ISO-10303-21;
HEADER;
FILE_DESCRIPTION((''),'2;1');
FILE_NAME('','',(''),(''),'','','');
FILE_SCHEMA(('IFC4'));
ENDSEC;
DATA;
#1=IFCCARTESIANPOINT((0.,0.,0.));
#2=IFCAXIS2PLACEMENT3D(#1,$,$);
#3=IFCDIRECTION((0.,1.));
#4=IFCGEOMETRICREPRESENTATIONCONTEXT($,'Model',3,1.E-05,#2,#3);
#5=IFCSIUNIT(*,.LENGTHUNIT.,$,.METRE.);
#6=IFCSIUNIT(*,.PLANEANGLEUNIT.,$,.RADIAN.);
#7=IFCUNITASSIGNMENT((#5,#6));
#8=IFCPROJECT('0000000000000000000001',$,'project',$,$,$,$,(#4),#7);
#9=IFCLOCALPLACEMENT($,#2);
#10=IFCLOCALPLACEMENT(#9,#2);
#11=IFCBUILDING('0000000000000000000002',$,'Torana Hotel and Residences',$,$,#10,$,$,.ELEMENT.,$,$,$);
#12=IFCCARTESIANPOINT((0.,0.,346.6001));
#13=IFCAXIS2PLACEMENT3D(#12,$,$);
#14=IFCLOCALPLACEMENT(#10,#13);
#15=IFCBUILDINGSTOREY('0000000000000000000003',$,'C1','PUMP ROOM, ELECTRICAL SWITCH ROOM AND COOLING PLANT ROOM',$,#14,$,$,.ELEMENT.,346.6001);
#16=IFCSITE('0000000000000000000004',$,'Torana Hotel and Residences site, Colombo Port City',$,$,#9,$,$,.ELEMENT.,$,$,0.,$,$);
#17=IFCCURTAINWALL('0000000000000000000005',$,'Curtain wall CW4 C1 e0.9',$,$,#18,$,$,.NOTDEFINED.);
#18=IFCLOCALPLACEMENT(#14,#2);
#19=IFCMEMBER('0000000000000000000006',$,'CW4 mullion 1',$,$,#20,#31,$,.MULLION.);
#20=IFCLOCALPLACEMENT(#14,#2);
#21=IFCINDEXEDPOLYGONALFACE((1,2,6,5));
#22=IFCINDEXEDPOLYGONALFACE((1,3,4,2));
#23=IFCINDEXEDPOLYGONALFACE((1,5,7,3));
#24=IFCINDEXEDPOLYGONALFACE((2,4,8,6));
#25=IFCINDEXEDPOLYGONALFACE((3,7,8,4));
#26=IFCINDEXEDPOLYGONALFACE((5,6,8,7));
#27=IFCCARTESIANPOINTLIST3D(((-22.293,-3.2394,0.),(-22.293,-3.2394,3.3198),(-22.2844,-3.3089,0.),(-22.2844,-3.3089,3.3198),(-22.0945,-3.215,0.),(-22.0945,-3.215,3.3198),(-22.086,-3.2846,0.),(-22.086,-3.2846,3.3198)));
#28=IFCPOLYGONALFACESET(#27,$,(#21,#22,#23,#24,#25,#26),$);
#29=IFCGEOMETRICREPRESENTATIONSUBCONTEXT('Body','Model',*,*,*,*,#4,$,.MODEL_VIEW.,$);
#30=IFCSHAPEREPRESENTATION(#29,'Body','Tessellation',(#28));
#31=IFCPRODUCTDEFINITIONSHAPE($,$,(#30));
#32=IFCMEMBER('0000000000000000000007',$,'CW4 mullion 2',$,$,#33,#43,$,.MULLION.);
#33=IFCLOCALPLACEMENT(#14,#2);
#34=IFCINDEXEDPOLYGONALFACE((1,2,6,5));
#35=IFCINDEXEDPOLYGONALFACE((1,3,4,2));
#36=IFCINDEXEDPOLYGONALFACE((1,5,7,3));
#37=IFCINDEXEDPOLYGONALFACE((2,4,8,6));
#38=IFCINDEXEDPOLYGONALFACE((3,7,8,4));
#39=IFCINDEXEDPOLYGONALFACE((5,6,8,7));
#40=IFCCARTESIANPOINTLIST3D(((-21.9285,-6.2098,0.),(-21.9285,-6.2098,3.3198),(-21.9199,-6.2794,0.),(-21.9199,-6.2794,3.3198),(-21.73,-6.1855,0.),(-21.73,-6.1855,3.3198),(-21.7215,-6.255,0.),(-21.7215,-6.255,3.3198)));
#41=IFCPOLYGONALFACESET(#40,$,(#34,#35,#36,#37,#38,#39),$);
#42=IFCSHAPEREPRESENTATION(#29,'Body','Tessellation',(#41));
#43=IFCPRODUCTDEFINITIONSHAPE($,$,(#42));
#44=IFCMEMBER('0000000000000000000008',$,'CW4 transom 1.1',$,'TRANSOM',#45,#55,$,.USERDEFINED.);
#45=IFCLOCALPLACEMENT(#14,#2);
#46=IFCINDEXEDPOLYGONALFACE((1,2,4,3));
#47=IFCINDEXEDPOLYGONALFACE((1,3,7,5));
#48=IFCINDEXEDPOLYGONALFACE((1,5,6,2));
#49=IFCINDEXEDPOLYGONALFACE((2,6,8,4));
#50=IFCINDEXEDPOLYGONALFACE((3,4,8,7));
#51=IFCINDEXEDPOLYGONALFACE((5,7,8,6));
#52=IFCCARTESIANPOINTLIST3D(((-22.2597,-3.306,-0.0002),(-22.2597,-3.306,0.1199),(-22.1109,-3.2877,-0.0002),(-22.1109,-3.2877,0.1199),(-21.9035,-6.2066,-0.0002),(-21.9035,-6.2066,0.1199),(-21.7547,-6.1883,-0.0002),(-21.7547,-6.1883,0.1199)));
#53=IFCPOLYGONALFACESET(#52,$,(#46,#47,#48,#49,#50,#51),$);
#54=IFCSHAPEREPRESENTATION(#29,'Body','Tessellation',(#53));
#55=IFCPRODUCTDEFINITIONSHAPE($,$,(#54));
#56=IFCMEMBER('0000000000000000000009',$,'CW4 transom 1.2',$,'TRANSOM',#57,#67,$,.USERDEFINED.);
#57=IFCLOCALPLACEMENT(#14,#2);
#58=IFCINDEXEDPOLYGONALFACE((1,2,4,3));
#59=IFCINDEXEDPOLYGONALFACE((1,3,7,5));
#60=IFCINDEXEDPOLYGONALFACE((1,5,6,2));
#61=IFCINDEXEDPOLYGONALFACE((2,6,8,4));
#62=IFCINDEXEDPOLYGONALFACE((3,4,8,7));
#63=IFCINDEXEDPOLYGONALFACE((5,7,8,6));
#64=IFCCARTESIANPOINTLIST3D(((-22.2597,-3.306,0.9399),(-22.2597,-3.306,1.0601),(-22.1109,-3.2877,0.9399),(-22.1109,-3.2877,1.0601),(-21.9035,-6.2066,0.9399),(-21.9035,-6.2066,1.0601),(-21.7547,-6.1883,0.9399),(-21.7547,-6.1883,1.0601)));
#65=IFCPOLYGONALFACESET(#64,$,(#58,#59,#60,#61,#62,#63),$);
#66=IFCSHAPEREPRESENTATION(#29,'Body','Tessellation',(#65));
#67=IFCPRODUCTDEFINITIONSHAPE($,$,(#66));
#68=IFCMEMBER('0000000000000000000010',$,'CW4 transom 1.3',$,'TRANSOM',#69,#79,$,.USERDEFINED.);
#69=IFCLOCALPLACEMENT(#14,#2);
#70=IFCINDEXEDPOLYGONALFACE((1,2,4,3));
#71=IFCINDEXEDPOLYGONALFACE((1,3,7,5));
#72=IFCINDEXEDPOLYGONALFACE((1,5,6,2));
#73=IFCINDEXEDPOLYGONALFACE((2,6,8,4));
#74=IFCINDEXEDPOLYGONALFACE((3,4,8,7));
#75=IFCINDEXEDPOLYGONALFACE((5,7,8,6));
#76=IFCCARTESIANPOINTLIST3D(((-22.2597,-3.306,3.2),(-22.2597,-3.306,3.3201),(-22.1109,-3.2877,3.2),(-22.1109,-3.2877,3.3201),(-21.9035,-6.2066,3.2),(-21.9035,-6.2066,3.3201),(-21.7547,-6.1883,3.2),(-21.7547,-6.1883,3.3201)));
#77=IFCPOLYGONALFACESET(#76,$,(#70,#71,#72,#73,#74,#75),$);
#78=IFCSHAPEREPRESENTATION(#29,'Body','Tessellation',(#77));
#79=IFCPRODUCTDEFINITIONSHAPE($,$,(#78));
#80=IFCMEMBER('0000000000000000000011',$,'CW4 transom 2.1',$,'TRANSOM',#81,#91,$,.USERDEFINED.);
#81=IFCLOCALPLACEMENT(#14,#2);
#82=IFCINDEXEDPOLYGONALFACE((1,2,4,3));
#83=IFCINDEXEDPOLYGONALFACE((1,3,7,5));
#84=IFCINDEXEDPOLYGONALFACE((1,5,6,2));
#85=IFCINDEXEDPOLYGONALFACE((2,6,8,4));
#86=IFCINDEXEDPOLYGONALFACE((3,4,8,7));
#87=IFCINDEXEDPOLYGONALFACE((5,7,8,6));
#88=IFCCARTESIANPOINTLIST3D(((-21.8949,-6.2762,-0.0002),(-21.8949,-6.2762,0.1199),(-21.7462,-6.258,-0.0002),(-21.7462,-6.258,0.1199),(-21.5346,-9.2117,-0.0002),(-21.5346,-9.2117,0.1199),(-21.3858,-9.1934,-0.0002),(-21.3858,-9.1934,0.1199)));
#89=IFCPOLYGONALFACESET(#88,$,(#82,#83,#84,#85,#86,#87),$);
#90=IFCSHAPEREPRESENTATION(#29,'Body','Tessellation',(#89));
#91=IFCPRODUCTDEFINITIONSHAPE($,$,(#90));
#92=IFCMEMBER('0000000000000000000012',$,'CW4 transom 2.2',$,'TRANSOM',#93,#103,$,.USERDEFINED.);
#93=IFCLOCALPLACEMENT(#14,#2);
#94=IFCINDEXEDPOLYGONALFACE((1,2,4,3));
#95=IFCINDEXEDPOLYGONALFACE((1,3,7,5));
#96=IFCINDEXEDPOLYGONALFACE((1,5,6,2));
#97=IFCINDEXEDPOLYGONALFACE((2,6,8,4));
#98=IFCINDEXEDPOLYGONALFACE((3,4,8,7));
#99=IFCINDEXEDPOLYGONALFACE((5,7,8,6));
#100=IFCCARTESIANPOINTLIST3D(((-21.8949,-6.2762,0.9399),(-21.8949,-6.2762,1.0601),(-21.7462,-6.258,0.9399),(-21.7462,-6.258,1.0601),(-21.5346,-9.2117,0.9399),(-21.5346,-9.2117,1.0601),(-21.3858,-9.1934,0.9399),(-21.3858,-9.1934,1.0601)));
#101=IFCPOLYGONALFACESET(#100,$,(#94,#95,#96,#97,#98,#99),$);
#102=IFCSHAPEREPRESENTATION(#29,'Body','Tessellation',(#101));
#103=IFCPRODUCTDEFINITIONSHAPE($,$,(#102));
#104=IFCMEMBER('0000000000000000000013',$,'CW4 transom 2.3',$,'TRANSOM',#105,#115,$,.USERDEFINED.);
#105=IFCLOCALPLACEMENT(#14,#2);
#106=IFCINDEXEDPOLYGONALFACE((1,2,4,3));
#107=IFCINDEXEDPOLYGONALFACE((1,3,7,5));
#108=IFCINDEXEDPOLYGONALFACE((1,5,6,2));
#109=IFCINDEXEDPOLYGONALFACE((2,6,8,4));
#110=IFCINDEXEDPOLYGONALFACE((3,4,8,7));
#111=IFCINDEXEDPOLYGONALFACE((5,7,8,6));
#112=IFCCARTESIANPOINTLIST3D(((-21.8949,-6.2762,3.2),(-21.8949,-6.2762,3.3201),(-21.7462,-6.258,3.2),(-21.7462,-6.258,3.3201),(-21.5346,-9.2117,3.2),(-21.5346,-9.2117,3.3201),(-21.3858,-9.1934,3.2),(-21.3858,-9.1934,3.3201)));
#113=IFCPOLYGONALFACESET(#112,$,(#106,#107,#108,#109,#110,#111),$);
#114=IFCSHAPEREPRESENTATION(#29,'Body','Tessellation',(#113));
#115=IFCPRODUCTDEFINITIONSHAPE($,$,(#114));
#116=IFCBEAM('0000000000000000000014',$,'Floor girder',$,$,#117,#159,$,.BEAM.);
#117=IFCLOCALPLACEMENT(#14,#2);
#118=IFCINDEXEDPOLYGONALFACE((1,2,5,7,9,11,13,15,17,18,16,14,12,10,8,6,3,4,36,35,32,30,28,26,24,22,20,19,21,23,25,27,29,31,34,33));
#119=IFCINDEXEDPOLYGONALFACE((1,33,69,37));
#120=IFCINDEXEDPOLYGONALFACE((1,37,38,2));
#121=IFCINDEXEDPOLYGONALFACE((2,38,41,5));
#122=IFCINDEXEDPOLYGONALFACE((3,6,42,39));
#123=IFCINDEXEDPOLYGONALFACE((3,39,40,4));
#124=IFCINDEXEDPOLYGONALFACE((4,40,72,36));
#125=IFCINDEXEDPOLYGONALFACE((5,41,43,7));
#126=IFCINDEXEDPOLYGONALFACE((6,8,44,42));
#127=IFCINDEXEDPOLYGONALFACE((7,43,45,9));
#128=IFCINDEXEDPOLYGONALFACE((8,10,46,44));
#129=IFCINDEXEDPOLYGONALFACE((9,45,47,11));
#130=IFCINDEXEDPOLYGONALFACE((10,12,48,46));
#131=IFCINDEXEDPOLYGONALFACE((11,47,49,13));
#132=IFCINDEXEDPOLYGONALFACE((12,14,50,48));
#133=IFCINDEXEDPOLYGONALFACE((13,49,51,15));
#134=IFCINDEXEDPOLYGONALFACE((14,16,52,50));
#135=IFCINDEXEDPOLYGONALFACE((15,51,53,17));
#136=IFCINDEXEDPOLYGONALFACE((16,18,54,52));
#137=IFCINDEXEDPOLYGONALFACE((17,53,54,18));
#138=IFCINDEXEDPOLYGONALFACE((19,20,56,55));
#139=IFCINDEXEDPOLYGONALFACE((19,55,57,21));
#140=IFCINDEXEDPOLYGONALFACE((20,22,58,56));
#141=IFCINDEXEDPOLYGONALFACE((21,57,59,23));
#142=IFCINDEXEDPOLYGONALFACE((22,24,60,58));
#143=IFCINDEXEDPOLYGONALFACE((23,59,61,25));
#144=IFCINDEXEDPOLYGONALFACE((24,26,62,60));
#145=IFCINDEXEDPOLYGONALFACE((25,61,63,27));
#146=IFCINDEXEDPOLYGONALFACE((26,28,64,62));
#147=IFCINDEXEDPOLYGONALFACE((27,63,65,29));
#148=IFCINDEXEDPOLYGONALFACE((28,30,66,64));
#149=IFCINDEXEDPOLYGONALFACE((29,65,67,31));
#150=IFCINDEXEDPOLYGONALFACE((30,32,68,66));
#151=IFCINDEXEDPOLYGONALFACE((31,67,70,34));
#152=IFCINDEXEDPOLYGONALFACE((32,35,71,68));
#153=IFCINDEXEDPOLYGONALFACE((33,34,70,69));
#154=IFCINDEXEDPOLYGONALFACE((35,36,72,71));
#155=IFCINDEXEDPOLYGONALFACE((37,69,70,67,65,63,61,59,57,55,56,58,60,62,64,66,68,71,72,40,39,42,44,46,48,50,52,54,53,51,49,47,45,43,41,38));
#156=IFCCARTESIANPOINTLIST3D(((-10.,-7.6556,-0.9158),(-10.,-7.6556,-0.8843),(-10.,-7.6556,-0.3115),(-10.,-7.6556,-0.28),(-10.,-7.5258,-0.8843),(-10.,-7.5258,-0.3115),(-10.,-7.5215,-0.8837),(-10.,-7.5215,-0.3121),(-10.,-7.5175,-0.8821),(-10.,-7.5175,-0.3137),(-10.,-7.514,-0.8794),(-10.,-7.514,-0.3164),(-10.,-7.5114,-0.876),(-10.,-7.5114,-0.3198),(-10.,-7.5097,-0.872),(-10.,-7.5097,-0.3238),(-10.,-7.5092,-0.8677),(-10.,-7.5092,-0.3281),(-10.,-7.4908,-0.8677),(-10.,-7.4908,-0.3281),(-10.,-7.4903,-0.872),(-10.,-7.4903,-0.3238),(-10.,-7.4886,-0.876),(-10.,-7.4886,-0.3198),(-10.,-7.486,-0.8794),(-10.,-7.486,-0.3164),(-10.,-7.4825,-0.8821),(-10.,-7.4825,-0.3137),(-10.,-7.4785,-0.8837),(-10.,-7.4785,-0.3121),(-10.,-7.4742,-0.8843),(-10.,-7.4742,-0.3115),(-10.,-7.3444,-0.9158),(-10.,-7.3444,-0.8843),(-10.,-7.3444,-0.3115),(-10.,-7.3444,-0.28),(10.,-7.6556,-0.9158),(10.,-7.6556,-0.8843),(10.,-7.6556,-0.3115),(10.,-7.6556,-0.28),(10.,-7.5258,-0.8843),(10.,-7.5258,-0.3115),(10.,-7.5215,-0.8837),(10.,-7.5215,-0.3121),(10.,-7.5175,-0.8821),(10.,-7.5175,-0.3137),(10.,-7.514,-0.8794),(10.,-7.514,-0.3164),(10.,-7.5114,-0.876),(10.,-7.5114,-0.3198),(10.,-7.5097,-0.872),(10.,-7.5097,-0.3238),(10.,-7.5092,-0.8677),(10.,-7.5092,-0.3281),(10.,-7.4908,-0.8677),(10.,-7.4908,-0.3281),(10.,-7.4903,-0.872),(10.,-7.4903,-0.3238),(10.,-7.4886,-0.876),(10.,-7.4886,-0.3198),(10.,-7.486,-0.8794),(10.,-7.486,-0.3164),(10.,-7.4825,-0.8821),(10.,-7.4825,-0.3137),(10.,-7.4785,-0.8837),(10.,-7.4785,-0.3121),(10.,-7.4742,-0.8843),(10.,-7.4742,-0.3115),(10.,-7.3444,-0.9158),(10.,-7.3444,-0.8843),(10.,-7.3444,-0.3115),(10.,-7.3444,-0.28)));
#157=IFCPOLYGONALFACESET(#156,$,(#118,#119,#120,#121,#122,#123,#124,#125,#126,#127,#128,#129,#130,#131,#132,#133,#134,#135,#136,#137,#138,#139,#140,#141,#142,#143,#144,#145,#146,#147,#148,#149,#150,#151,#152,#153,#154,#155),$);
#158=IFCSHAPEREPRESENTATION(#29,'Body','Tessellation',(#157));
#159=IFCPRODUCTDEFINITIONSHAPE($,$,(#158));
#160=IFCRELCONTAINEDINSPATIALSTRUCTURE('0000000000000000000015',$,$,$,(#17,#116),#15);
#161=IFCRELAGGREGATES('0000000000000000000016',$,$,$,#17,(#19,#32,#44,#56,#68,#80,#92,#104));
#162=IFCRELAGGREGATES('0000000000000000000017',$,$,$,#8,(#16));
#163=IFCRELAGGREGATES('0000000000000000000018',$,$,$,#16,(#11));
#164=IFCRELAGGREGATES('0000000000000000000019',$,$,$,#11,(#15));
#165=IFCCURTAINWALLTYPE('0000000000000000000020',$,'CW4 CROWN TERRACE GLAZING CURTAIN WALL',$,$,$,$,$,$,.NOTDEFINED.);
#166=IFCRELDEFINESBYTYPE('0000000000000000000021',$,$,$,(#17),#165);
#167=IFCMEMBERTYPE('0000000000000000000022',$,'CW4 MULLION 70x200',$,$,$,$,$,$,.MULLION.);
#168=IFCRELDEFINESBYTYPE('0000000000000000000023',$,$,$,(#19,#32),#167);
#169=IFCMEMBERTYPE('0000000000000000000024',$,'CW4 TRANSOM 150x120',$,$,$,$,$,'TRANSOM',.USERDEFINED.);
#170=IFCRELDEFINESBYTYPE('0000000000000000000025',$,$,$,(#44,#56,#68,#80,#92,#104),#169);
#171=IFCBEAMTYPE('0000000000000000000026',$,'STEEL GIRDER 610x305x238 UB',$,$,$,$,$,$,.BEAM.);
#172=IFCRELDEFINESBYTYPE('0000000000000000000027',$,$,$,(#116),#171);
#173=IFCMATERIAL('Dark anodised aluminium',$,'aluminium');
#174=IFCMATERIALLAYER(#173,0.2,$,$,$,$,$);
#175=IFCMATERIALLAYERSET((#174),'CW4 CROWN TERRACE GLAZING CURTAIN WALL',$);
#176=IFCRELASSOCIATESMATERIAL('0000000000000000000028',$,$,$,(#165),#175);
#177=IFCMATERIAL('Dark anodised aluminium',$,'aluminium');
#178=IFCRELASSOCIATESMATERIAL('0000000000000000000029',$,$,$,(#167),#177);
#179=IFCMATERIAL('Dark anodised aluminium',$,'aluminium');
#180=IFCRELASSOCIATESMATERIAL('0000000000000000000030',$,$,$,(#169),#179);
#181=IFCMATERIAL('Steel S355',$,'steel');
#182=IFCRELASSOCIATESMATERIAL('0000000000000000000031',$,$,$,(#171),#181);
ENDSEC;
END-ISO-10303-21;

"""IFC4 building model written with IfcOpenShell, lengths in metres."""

from ifc_helpers import new_model, si_unit, direction, frame, origin, origin_2d, place, context, subcontext, project, spatial, rectangle, i_section, extrude, material, layer, layer_set, material_profile, profile_set, type_object, element, aggregate, save


model = new_model("IFC4")

# Units and contexts
model_context = context("Model", 3, precision=1e-05, world=origin(), true_north=direction((0.0, 1.0)))
body_context = subcontext(model_context, "Body", "Model", "MODEL_VIEW")
ifc_project = project(units=[si_unit("LENGTHUNIT", "METRE"), si_unit("PLANEANGLEUNIT", "RADIAN")], contexts=[model_context])

# Site, building, storey
site_placement = place(None, origin())
site = spatial("IfcSite", under=ifc_project, at=site_placement, Name="Torana Hotel and Residences site, Colombo Port City", CompositionType="ELEMENT", RefElevation=0.0)
building_placement = place(site_placement, origin())
building = spatial("IfcBuilding", under=site, at=building_placement, Name="Torana Hotel and Residences", CompositionType="ELEMENT")
storey_placement = place(building_placement, frame((0.0, 0.0, 346.6001)))
storey = spatial("IfcBuildingStorey", under=building, at=storey_placement, Name="C1", Description="PUMP ROOM, ELECTRICAL SWITCH ROOM AND COOLING PLANT ROOM", CompositionType="ELEMENT", Elevation=346.6001)

# Curtain wall, members
ifc_material_1 = material(Name="Dark anodised aluminium", Category="aluminium")
ifc_layer_1 = layer(ifc_material_1, 0.2)
ifc_layer_set_1 = layer_set([ifc_layer_1], Name="CW4 CROWN TERRACE GLAZING CURTAIN WALL")
curtain_wall_type = type_object("IfcCurtainWallType", Name="CW4 CROWN TERRACE GLAZING CURTAIN WALL", PredefinedType="NOTDEFINED", material=ifc_layer_set_1)
curtain_wall_placement = place(storey_placement, origin())
curtain_wall = element("IfcCurtainWall", 1, at=curtain_wall_placement, inside=storey, type_object=curtain_wall_type, Name="Curtain wall CW4 C1 e0.9", PredefinedType="NOTDEFINED")
ifc_material_2 = material(Name="Dark anodised aluminium", Category="aluminium")
ifc_material_profile_1 = material_profile(ifc_material_2, rectangle(XDim=0.2, YDim=0.0701, at=origin_2d()), Name="CW4 MULLION 70x200")
ifc_profile_set_1 = profile_set([ifc_material_profile_1], Name="Dark anodised aluminium")
member_type_1 = type_object("IfcMemberType", Name="CW4 MULLION 70x200", PredefinedType="MULLION", material=ifc_profile_set_1)
member_1_placement = place(storey_placement, frame((-22.1895, -3.262, 0.0), z_axis=(0.0, 0.0, 1.0), x_axis=(0.992546, 0.121868, 0.0)))
member_1 = element("IfcMember", 2, at=member_1_placement, type_object=member_type_1, Name="CW4 mullion 1", PredefinedType="MULLION", context=body_context, shape_type="SweptSolid", body=[
    extrude(rectangle(XDim=0.2, YDim=0.0701, at=origin_2d()), origin(), (0.0, 0.0, 1.0), 3.3198),
])
member_2_placement = place(storey_placement, frame((-21.825, -6.2324, 0.0), z_axis=(0.0, 0.0, 1.0), x_axis=(0.992546, 0.121868, 0.0)))
member_2 = element("IfcMember", 3, at=member_2_placement, type_object=member_type_1, Name="CW4 mullion 2", PredefinedType="MULLION", context=body_context, shape_type="SweptSolid", body=[
    extrude(rectangle(XDim=0.2, YDim=0.0701, at=origin_2d()), origin(), (0.0, 0.0, 1.0), 3.3198),
])
ifc_material_3 = material(Name="Dark anodised aluminium", Category="aluminium")
ifc_material_profile_2 = material_profile(ifc_material_3, rectangle(XDim=0.1499, YDim=0.1201, at=origin_2d()), Name="CW4 TRANSOM 150x120")
ifc_profile_set_2 = profile_set([ifc_material_profile_2], Name="Dark anodised aluminium")
member_type_2 = type_object("IfcMemberType", Name="CW4 TRANSOM 150x120", ElementType="TRANSOM", PredefinedType="USERDEFINED", material=ifc_profile_set_2)
member_3_placement = place(storey_placement, frame((-22.1853, -3.2969, 0.0598), z_axis=(0.121886, -0.992544, 0.0), x_axis=(0.992544, 0.121886, 0.0)))
member_3 = element("IfcMember", 4, at=member_3_placement, type_object=member_type_2, Name="CW4 transom 1.1", ObjectType="TRANSOM", PredefinedType="USERDEFINED", context=body_context, shape_type="SweptSolid", body=[
    extrude(rectangle(XDim=0.1499, YDim=0.1201, at=origin_2d()), origin(), (0.0, 0.0, 1.0), 2.9224),
])
member_4_placement = place(storey_placement, frame((-22.1853, -3.2969, 1.0), z_axis=(0.121886, -0.992544, 0.0), x_axis=(0.992544, 0.121886, 0.0)))
member_4 = element("IfcMember", 5, at=member_4_placement, type_object=member_type_2, Name="CW4 transom 1.2", ObjectType="TRANSOM", PredefinedType="USERDEFINED", context=body_context, shape_type="SweptSolid", body=[
    extrude(rectangle(XDim=0.1499, YDim=0.1201, at=origin_2d()), origin(), (0.0, 0.0, 1.0), 2.9224),
])
member_5_placement = place(storey_placement, frame((-22.1853, -3.2969, 3.26), z_axis=(0.121886, -0.992544, 0.0), x_axis=(0.992544, 0.121886, 0.0)))
member_5 = element("IfcMember", 6, at=member_5_placement, type_object=member_type_2, Name="CW4 transom 1.3", ObjectType="TRANSOM", PredefinedType="USERDEFINED", context=body_context, shape_type="SweptSolid", body=[
    extrude(rectangle(XDim=0.1499, YDim=0.1201, at=origin_2d()), origin(), (0.0, 0.0, 1.0), 2.9224),
])
member_6_placement = place(storey_placement, frame((-21.8206, -6.2671, 0.0598), z_axis=(0.12184, -0.99255, 0.0), x_axis=(0.99255, 0.12184, 0.0)))
member_6 = element("IfcMember", 7, at=member_6_placement, type_object=member_type_2, Name="CW4 transom 2.1", ObjectType="TRANSOM", PredefinedType="USERDEFINED", context=body_context, shape_type="SweptSolid", body=[
    extrude(rectangle(XDim=0.1499, YDim=0.1201, at=origin_2d()), origin(), (0.0, 0.0, 1.0), 2.9575),
])
member_7_placement = place(storey_placement, frame((-21.8206, -6.2671, 1.0), z_axis=(0.12184, -0.99255, 0.0), x_axis=(0.99255, 0.12184, 0.0)))
member_7 = element("IfcMember", 8, at=member_7_placement, type_object=member_type_2, Name="CW4 transom 2.2", ObjectType="TRANSOM", PredefinedType="USERDEFINED", context=body_context, shape_type="SweptSolid", body=[
    extrude(rectangle(XDim=0.1499, YDim=0.1201, at=origin_2d()), origin(), (0.0, 0.0, 1.0), 2.9575),
])
member_8_placement = place(storey_placement, frame((-21.8206, -6.2671, 3.26), z_axis=(0.12184, -0.99255, 0.0), x_axis=(0.99255, 0.12184, 0.0)))
member_8 = element("IfcMember", 9, at=member_8_placement, type_object=member_type_2, Name="CW4 transom 2.3", ObjectType="TRANSOM", PredefinedType="USERDEFINED", context=body_context, shape_type="SweptSolid", body=[
    extrude(rectangle(XDim=0.1499, YDim=0.1201, at=origin_2d()), origin(), (0.0, 0.0, 1.0), 2.9575),
])

# Beam
ifc_material_4 = material(Name="Steel S355", Category="steel")
ifc_material_profile_3 = material_profile(ifc_material_4, i_section(OverallWidth=0.3113, OverallDepth=0.6357, WebThickness=0.0183, FlangeThickness=0.0315, FilletRadius=0.0166, at=origin_2d()), Name="610x305x238 UB")
ifc_profile_set_3 = profile_set([ifc_material_profile_3], Name="Steel S355")
beam_type = type_object("IfcBeamType", Name="STEEL GIRDER 610x305x238 UB", PredefinedType="BEAM", material=ifc_profile_set_3)
for number, where, z_axis, x_axis, name in (
    (10, (-10.0, -7.5, -0.5979), (1.0, 0.0, 0.0), (0.0, 1.0, 0.0), "Floor girder"),
):
    element("IfcBeam", number, at=place(storey_placement, frame(where, z_axis=z_axis, x_axis=x_axis)), inside=storey, type_object=beam_type, Name=name, PredefinedType="BEAM", context=body_context, shape_type="SweptSolid", body=[
        extrude(i_section(OverallWidth=0.3113, OverallDepth=0.6357, WebThickness=0.0183, FlangeThickness=0.0315, FilletRadius=0.0166, at=origin_2d()), origin(), (0.0, 0.0, 1.0), 20.0),
    ])

aggregate(curtain_wall, [member_1, member_2, member_3, member_4, member_5, member_6, member_7, member_8])

save(model, "model.ifc")
